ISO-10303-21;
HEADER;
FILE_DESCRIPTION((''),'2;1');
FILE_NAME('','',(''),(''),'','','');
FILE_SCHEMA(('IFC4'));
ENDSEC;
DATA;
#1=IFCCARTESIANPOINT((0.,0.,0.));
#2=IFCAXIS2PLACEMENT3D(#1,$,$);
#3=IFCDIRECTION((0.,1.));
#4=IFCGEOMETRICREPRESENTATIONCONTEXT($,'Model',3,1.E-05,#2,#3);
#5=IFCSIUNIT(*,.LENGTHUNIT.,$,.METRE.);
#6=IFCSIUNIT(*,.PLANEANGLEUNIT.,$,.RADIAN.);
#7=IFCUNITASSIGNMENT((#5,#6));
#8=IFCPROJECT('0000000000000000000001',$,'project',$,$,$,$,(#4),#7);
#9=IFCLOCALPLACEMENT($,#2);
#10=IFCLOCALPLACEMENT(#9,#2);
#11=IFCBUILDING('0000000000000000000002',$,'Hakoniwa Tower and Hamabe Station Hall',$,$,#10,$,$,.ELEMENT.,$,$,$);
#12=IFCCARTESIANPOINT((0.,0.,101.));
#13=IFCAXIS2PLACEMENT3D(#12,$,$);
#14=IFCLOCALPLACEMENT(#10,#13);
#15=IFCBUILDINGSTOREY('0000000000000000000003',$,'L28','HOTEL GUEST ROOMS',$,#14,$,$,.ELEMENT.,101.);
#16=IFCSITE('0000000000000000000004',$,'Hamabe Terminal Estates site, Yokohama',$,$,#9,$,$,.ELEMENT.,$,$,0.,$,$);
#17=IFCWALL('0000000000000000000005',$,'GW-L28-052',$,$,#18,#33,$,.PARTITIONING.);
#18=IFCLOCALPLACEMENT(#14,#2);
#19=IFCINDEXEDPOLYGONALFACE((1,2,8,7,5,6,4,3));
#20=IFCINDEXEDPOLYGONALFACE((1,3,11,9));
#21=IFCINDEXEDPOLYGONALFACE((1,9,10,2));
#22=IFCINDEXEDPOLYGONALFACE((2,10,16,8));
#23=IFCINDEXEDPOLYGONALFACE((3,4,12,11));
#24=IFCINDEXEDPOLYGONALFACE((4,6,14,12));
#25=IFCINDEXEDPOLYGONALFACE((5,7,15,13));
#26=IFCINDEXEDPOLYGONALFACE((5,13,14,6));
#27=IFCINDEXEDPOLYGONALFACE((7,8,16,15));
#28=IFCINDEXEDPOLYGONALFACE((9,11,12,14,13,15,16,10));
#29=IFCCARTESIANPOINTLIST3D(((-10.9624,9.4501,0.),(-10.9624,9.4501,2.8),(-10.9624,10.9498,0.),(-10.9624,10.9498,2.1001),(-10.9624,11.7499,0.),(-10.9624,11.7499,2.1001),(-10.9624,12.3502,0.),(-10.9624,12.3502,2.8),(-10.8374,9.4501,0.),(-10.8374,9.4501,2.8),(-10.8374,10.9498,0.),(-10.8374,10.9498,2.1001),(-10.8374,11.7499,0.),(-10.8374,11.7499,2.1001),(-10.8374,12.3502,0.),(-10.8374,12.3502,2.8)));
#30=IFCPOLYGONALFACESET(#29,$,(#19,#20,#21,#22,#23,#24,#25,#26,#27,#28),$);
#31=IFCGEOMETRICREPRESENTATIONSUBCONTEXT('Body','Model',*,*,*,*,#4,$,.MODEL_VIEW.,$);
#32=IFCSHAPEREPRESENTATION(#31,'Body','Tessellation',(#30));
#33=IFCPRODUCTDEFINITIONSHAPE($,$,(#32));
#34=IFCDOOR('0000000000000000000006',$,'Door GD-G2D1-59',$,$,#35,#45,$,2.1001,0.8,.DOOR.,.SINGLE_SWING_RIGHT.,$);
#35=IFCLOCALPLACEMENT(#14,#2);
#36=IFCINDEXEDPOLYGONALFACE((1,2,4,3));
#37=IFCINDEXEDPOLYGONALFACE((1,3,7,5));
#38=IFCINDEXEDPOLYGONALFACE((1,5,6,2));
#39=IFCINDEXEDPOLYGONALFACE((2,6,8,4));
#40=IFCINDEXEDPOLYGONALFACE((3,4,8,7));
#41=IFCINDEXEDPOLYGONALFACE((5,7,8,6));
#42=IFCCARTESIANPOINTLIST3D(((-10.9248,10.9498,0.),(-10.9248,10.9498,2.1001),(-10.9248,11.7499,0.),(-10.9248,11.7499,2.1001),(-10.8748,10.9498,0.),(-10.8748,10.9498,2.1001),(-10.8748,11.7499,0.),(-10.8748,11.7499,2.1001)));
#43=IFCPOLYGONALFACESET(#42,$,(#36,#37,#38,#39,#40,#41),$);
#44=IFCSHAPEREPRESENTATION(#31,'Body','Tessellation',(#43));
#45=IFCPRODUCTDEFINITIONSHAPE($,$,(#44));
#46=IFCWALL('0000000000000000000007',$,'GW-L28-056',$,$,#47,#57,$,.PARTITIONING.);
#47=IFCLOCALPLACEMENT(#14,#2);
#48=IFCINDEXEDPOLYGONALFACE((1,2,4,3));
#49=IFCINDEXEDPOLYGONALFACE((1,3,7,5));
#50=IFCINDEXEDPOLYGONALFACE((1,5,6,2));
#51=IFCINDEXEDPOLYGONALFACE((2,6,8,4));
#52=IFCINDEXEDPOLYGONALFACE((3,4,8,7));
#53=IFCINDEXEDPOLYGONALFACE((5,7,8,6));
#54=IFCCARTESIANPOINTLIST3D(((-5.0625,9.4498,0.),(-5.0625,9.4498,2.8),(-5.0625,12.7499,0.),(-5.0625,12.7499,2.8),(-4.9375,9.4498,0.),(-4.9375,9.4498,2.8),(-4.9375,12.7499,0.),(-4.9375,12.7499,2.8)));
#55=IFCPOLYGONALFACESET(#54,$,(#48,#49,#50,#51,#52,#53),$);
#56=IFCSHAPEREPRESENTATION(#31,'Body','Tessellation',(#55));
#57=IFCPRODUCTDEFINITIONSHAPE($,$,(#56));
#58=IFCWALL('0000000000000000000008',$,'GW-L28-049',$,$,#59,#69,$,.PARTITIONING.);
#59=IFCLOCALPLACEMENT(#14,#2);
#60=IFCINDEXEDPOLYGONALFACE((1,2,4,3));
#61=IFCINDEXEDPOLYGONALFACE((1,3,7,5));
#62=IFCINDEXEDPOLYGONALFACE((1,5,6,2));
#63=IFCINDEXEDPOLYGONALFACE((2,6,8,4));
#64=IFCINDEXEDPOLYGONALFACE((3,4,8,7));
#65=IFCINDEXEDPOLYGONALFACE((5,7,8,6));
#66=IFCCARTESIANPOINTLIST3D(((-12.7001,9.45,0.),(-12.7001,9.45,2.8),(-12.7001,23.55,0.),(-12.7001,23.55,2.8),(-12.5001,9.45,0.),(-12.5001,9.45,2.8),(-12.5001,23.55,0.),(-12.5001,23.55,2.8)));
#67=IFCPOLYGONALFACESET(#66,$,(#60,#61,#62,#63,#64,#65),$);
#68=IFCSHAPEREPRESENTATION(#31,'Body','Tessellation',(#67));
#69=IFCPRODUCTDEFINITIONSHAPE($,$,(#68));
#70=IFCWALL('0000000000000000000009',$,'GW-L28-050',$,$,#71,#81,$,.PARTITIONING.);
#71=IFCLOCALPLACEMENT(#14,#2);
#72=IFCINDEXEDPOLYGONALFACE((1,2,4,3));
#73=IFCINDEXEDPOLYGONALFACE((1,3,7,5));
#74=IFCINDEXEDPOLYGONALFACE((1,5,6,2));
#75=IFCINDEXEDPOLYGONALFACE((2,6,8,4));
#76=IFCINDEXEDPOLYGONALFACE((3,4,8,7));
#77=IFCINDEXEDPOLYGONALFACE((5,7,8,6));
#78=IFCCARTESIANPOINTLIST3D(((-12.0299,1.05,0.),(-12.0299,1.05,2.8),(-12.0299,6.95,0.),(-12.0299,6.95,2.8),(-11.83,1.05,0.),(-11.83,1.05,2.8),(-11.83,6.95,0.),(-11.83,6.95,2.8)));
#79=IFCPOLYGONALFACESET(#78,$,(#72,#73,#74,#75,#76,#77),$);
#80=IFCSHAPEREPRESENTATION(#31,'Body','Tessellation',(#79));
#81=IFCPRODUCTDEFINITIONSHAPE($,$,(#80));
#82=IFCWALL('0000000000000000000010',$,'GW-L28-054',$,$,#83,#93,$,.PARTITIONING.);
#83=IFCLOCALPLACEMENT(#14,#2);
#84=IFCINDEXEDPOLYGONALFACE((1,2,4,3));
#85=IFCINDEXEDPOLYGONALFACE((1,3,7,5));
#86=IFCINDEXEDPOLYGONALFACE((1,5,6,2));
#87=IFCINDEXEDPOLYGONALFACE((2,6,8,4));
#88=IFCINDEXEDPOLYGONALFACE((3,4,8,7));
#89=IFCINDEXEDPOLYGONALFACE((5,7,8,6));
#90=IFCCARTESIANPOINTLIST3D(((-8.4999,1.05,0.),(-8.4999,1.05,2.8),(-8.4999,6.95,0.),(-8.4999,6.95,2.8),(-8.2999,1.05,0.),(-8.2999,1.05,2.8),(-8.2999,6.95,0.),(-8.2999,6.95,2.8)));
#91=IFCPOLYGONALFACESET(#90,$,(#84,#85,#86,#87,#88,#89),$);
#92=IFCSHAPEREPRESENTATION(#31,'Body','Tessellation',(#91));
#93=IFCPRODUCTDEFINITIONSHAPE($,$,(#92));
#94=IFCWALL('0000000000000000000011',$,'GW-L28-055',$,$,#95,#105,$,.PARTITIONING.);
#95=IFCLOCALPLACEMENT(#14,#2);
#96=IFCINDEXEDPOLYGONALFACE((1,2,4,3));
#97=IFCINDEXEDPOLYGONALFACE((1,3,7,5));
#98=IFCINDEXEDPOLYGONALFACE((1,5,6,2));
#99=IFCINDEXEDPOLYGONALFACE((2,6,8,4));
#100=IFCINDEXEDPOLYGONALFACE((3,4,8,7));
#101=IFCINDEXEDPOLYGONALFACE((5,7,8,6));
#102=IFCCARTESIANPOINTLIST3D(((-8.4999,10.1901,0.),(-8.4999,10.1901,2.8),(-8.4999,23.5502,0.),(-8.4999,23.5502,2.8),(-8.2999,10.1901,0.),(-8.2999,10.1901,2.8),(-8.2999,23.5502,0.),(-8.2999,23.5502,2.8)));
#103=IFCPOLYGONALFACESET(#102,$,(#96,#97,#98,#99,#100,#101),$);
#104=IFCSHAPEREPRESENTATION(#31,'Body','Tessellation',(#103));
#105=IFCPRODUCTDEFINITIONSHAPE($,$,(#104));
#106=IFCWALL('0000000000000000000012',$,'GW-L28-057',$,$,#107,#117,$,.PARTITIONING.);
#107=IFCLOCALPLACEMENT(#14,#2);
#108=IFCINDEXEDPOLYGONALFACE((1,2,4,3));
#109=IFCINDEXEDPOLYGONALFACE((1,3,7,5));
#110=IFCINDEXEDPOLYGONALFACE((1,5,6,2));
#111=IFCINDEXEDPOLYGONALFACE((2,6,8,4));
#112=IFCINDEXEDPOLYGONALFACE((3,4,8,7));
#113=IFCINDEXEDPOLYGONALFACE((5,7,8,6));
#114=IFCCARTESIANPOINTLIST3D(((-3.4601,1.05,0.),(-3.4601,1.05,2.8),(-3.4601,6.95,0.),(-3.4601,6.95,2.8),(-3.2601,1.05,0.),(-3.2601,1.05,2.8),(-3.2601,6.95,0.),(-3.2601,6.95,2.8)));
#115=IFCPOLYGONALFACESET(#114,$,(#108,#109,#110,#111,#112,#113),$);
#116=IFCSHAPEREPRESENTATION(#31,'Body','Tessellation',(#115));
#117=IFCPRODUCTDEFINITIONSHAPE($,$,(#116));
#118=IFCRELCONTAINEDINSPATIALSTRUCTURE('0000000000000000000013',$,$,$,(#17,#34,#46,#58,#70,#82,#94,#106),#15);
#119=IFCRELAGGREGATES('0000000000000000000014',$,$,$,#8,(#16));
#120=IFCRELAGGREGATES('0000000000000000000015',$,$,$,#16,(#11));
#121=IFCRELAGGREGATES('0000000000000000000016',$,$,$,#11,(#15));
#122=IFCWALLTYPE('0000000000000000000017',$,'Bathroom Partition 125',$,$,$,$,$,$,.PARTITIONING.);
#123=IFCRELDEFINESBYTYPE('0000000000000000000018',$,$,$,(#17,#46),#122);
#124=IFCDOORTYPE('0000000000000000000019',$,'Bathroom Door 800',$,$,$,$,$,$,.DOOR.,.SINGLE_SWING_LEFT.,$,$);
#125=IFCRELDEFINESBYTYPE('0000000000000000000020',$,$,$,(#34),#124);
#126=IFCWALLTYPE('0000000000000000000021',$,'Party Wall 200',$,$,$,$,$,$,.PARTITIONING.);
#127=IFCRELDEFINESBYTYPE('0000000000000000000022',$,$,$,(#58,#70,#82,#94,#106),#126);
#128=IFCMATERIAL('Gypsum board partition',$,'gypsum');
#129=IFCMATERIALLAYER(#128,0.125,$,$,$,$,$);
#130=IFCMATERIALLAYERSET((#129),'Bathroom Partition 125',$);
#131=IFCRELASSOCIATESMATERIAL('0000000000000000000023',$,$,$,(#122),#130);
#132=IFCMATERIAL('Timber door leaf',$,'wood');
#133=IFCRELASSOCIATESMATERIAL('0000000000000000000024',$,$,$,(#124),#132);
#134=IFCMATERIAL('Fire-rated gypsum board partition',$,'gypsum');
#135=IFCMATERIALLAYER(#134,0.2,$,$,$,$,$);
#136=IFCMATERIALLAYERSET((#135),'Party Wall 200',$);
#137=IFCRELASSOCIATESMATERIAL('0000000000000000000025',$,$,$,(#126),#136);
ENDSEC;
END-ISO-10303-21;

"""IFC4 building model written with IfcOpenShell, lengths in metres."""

from ifc_helpers import new_model, si_unit, direction, frame, frame_2d, origin, place, context, subcontext, project, spatial, rectangle, extrude, material, layer, layer_set, type_object, element, fill, save


model = new_model("IFC4")

# Units and contexts
model_context = context("Model", 3, precision=1e-05, world=origin(), true_north=direction((0.0, 1.0)))
body_context = subcontext(model_context, "Body", "Model", "MODEL_VIEW")
ifc_project = project(units=[si_unit("LENGTHUNIT", "METRE"), si_unit("PLANEANGLEUNIT", "RADIAN")], contexts=[model_context])

# Site, building, storey
site_placement = place(None, origin())
site = spatial("IfcSite", under=ifc_project, at=site_placement, Name="Hamabe Terminal Estates site, Yokohama", CompositionType="ELEMENT", RefElevation=0.0)
building_placement = place(site_placement, origin())
building = spatial("IfcBuilding", under=site, at=building_placement, Name="Hakoniwa Tower and Hamabe Station Hall", CompositionType="ELEMENT")
storey_placement = place(building_placement, frame((0.0, 0.0, 101.0)))
storey = spatial("IfcBuildingStorey", under=building, at=storey_placement, Name="L28", Description="HOTEL GUEST ROOMS", CompositionType="ELEMENT", Elevation=101.0)

# Shared definitions
ifc_material_1 = material(Name="Gypsum board partition", Category="gypsum")
ifc_layer_1 = layer(ifc_material_1, 0.125)
ifc_layer_set_1 = layer_set([ifc_layer_1], Name="Bathroom Partition 125")
wall_type_1 = type_object("IfcWallType", Name="Bathroom Partition 125", PredefinedType="PARTITIONING", material=ifc_layer_set_1)

# Wall, opening, door
ifc_material_2 = material(Name="Timber door leaf", Category="wood")
door_type = type_object("IfcDoorType", Name="Bathroom Door 800", OperationType="SINGLE_SWING_LEFT", PredefinedType="DOOR", material=ifc_material_2)
wall_1_placement = place(storey_placement, frame((-10.8999, 9.45, 0.0), z_axis=(0.0, 0.0, 1.0), x_axis=(0.0, 1.0, 0.0)))
wall_1 = element("IfcWall", 1, at=wall_1_placement, inside=storey, type_object=wall_type_1, Name="GW-L28-052", PredefinedType="PARTITIONING", context=body_context, shape_type="SweptSolid", body=[
    extrude(rectangle(XDim=2.9001, YDim=0.125, at=frame_2d((1.4502, 0.0))), origin(), (0.0, 0.0, 1.0), 2.8),
])
opening_1_placement = place(wall_1_placement, frame((1.5, 0.0, 0.0)))
opening_1 = element("IfcOpeningElement", 2, at=opening_1_placement, cuts=wall_1, PredefinedType="OPENING", context=body_context, shape_type="SweptSolid", body=[
    extrude(rectangle(XDim=0.8, YDim=2.1001, at=frame_2d((0.3999, 1.05))), frame((0.0, 0.0725, 0.0), z_axis=(0.0, -1.0, 0.0), x_axis=(1.0, 0.0, 0.0)), (0.0, 0.0, 1.0), 0.145),
])
door_1_placement = place(opening_1_placement, origin())
door_1 = element("IfcDoor", 3, at=door_1_placement, inside=storey, type_object=door_type, Name="Door GD-G2D1-59", OperationType="SINGLE_SWING_RIGHT", OverallHeight=2.1001, OverallWidth=0.8, PredefinedType="DOOR", context=body_context, shape_type="SweptSolid", body=[
    extrude(rectangle(XDim=0.8, YDim=2.1001, at=frame_2d((0.3999, 1.05))), frame((0.0, 0.0249, 0.0), z_axis=(0.0, -1.0, 0.0), x_axis=(1.0, 0.0, 0.0)), (0.0, 0.0, 1.0), 0.05),
])
fill(opening_1, door_1)

# Walls
wall_2_placement = place(storey_placement, frame((-5.0, 9.45, 0.0), z_axis=(0.0, 0.0, 1.0), x_axis=(0.0, 1.0, 0.0)))
element("IfcWall", 4, at=wall_2_placement, inside=storey, type_object=wall_type_1, Name="GW-L28-056", PredefinedType="PARTITIONING", context=body_context, shape_type="SweptSolid", body=[
    extrude(rectangle(XDim=3.3, YDim=0.125, at=frame_2d((1.6499, 0.0))), origin(), (0.0, 0.0, 1.0), 2.8),
])
ifc_material_3 = material(Name="Fire-rated gypsum board partition", Category="gypsum")
ifc_layer_2 = layer(ifc_material_3, 0.2)
ifc_layer_set_2 = layer_set([ifc_layer_2], Name="Party Wall 200")
wall_type_2 = type_object("IfcWallType", Name="Party Wall 200", PredefinedType="PARTITIONING", material=ifc_layer_set_2)
wall_3_placement = place(storey_placement, frame((-12.6001, 9.45, 0.0), z_axis=(0.0, 0.0, 1.0), x_axis=(0.0, 1.0, 0.0)))
element("IfcWall", 5, at=wall_3_placement, inside=storey, type_object=wall_type_2, Name="GW-L28-049", PredefinedType="PARTITIONING", context=body_context, shape_type="SweptSolid", body=[
    extrude(rectangle(XDim=14.1001, YDim=0.2, at=frame_2d((7.05, 0.0))), origin(), (0.0, 0.0, 1.0), 2.8),
])
for number, where, z_axis, x_axis, name in (
    (6, (-11.9299, 1.05, 0.0), (0.0, 0.0, 1.0), (0.0, 1.0, 0.0), "GW-L28-050"),
    (7, (-8.3999, 1.05, 0.0), (0.0, 0.0, 1.0), (0.0, 1.0, 0.0), "GW-L28-054"),
):
    element("IfcWall", number, at=place(storey_placement, frame(where, z_axis=z_axis, x_axis=x_axis)), inside=storey, type_object=wall_type_2, Name=name, PredefinedType="PARTITIONING", context=body_context, shape_type="SweptSolid", body=[
        extrude(rectangle(XDim=5.8999, YDim=0.2, at=frame_2d((2.95, 0.0))), origin(), (0.0, 0.0, 1.0), 2.8),
    ])
wall_4_placement = place(storey_placement, frame((-8.3999, 10.1899, 0.0), z_axis=(0.0, 0.0, 1.0), x_axis=(0.0, 1.0, 0.0)))
element("IfcWall", 8, at=wall_4_placement, inside=storey, type_object=wall_type_2, Name="GW-L28-055", PredefinedType="PARTITIONING", context=body_context, shape_type="SweptSolid", body=[
    extrude(rectangle(XDim=13.3601, YDim=0.2, at=frame_2d((6.6802, 0.0))), origin(), (0.0, 0.0, 1.0), 2.8),
])
wall_5_placement = place(storey_placement, frame((-3.3601, 1.05, 0.0), z_axis=(0.0, 0.0, 1.0), x_axis=(0.0, 1.0, 0.0)))
element("IfcWall", 9, at=wall_5_placement, inside=storey, type_object=wall_type_2, Name="GW-L28-057", PredefinedType="PARTITIONING", context=body_context, shape_type="SweptSolid", body=[
    extrude(rectangle(XDim=5.8999, YDim=0.2, at=frame_2d((2.95, 0.0))), origin(), (0.0, 0.0, 1.0), 2.8),
])

save(model, "model.ifc")
